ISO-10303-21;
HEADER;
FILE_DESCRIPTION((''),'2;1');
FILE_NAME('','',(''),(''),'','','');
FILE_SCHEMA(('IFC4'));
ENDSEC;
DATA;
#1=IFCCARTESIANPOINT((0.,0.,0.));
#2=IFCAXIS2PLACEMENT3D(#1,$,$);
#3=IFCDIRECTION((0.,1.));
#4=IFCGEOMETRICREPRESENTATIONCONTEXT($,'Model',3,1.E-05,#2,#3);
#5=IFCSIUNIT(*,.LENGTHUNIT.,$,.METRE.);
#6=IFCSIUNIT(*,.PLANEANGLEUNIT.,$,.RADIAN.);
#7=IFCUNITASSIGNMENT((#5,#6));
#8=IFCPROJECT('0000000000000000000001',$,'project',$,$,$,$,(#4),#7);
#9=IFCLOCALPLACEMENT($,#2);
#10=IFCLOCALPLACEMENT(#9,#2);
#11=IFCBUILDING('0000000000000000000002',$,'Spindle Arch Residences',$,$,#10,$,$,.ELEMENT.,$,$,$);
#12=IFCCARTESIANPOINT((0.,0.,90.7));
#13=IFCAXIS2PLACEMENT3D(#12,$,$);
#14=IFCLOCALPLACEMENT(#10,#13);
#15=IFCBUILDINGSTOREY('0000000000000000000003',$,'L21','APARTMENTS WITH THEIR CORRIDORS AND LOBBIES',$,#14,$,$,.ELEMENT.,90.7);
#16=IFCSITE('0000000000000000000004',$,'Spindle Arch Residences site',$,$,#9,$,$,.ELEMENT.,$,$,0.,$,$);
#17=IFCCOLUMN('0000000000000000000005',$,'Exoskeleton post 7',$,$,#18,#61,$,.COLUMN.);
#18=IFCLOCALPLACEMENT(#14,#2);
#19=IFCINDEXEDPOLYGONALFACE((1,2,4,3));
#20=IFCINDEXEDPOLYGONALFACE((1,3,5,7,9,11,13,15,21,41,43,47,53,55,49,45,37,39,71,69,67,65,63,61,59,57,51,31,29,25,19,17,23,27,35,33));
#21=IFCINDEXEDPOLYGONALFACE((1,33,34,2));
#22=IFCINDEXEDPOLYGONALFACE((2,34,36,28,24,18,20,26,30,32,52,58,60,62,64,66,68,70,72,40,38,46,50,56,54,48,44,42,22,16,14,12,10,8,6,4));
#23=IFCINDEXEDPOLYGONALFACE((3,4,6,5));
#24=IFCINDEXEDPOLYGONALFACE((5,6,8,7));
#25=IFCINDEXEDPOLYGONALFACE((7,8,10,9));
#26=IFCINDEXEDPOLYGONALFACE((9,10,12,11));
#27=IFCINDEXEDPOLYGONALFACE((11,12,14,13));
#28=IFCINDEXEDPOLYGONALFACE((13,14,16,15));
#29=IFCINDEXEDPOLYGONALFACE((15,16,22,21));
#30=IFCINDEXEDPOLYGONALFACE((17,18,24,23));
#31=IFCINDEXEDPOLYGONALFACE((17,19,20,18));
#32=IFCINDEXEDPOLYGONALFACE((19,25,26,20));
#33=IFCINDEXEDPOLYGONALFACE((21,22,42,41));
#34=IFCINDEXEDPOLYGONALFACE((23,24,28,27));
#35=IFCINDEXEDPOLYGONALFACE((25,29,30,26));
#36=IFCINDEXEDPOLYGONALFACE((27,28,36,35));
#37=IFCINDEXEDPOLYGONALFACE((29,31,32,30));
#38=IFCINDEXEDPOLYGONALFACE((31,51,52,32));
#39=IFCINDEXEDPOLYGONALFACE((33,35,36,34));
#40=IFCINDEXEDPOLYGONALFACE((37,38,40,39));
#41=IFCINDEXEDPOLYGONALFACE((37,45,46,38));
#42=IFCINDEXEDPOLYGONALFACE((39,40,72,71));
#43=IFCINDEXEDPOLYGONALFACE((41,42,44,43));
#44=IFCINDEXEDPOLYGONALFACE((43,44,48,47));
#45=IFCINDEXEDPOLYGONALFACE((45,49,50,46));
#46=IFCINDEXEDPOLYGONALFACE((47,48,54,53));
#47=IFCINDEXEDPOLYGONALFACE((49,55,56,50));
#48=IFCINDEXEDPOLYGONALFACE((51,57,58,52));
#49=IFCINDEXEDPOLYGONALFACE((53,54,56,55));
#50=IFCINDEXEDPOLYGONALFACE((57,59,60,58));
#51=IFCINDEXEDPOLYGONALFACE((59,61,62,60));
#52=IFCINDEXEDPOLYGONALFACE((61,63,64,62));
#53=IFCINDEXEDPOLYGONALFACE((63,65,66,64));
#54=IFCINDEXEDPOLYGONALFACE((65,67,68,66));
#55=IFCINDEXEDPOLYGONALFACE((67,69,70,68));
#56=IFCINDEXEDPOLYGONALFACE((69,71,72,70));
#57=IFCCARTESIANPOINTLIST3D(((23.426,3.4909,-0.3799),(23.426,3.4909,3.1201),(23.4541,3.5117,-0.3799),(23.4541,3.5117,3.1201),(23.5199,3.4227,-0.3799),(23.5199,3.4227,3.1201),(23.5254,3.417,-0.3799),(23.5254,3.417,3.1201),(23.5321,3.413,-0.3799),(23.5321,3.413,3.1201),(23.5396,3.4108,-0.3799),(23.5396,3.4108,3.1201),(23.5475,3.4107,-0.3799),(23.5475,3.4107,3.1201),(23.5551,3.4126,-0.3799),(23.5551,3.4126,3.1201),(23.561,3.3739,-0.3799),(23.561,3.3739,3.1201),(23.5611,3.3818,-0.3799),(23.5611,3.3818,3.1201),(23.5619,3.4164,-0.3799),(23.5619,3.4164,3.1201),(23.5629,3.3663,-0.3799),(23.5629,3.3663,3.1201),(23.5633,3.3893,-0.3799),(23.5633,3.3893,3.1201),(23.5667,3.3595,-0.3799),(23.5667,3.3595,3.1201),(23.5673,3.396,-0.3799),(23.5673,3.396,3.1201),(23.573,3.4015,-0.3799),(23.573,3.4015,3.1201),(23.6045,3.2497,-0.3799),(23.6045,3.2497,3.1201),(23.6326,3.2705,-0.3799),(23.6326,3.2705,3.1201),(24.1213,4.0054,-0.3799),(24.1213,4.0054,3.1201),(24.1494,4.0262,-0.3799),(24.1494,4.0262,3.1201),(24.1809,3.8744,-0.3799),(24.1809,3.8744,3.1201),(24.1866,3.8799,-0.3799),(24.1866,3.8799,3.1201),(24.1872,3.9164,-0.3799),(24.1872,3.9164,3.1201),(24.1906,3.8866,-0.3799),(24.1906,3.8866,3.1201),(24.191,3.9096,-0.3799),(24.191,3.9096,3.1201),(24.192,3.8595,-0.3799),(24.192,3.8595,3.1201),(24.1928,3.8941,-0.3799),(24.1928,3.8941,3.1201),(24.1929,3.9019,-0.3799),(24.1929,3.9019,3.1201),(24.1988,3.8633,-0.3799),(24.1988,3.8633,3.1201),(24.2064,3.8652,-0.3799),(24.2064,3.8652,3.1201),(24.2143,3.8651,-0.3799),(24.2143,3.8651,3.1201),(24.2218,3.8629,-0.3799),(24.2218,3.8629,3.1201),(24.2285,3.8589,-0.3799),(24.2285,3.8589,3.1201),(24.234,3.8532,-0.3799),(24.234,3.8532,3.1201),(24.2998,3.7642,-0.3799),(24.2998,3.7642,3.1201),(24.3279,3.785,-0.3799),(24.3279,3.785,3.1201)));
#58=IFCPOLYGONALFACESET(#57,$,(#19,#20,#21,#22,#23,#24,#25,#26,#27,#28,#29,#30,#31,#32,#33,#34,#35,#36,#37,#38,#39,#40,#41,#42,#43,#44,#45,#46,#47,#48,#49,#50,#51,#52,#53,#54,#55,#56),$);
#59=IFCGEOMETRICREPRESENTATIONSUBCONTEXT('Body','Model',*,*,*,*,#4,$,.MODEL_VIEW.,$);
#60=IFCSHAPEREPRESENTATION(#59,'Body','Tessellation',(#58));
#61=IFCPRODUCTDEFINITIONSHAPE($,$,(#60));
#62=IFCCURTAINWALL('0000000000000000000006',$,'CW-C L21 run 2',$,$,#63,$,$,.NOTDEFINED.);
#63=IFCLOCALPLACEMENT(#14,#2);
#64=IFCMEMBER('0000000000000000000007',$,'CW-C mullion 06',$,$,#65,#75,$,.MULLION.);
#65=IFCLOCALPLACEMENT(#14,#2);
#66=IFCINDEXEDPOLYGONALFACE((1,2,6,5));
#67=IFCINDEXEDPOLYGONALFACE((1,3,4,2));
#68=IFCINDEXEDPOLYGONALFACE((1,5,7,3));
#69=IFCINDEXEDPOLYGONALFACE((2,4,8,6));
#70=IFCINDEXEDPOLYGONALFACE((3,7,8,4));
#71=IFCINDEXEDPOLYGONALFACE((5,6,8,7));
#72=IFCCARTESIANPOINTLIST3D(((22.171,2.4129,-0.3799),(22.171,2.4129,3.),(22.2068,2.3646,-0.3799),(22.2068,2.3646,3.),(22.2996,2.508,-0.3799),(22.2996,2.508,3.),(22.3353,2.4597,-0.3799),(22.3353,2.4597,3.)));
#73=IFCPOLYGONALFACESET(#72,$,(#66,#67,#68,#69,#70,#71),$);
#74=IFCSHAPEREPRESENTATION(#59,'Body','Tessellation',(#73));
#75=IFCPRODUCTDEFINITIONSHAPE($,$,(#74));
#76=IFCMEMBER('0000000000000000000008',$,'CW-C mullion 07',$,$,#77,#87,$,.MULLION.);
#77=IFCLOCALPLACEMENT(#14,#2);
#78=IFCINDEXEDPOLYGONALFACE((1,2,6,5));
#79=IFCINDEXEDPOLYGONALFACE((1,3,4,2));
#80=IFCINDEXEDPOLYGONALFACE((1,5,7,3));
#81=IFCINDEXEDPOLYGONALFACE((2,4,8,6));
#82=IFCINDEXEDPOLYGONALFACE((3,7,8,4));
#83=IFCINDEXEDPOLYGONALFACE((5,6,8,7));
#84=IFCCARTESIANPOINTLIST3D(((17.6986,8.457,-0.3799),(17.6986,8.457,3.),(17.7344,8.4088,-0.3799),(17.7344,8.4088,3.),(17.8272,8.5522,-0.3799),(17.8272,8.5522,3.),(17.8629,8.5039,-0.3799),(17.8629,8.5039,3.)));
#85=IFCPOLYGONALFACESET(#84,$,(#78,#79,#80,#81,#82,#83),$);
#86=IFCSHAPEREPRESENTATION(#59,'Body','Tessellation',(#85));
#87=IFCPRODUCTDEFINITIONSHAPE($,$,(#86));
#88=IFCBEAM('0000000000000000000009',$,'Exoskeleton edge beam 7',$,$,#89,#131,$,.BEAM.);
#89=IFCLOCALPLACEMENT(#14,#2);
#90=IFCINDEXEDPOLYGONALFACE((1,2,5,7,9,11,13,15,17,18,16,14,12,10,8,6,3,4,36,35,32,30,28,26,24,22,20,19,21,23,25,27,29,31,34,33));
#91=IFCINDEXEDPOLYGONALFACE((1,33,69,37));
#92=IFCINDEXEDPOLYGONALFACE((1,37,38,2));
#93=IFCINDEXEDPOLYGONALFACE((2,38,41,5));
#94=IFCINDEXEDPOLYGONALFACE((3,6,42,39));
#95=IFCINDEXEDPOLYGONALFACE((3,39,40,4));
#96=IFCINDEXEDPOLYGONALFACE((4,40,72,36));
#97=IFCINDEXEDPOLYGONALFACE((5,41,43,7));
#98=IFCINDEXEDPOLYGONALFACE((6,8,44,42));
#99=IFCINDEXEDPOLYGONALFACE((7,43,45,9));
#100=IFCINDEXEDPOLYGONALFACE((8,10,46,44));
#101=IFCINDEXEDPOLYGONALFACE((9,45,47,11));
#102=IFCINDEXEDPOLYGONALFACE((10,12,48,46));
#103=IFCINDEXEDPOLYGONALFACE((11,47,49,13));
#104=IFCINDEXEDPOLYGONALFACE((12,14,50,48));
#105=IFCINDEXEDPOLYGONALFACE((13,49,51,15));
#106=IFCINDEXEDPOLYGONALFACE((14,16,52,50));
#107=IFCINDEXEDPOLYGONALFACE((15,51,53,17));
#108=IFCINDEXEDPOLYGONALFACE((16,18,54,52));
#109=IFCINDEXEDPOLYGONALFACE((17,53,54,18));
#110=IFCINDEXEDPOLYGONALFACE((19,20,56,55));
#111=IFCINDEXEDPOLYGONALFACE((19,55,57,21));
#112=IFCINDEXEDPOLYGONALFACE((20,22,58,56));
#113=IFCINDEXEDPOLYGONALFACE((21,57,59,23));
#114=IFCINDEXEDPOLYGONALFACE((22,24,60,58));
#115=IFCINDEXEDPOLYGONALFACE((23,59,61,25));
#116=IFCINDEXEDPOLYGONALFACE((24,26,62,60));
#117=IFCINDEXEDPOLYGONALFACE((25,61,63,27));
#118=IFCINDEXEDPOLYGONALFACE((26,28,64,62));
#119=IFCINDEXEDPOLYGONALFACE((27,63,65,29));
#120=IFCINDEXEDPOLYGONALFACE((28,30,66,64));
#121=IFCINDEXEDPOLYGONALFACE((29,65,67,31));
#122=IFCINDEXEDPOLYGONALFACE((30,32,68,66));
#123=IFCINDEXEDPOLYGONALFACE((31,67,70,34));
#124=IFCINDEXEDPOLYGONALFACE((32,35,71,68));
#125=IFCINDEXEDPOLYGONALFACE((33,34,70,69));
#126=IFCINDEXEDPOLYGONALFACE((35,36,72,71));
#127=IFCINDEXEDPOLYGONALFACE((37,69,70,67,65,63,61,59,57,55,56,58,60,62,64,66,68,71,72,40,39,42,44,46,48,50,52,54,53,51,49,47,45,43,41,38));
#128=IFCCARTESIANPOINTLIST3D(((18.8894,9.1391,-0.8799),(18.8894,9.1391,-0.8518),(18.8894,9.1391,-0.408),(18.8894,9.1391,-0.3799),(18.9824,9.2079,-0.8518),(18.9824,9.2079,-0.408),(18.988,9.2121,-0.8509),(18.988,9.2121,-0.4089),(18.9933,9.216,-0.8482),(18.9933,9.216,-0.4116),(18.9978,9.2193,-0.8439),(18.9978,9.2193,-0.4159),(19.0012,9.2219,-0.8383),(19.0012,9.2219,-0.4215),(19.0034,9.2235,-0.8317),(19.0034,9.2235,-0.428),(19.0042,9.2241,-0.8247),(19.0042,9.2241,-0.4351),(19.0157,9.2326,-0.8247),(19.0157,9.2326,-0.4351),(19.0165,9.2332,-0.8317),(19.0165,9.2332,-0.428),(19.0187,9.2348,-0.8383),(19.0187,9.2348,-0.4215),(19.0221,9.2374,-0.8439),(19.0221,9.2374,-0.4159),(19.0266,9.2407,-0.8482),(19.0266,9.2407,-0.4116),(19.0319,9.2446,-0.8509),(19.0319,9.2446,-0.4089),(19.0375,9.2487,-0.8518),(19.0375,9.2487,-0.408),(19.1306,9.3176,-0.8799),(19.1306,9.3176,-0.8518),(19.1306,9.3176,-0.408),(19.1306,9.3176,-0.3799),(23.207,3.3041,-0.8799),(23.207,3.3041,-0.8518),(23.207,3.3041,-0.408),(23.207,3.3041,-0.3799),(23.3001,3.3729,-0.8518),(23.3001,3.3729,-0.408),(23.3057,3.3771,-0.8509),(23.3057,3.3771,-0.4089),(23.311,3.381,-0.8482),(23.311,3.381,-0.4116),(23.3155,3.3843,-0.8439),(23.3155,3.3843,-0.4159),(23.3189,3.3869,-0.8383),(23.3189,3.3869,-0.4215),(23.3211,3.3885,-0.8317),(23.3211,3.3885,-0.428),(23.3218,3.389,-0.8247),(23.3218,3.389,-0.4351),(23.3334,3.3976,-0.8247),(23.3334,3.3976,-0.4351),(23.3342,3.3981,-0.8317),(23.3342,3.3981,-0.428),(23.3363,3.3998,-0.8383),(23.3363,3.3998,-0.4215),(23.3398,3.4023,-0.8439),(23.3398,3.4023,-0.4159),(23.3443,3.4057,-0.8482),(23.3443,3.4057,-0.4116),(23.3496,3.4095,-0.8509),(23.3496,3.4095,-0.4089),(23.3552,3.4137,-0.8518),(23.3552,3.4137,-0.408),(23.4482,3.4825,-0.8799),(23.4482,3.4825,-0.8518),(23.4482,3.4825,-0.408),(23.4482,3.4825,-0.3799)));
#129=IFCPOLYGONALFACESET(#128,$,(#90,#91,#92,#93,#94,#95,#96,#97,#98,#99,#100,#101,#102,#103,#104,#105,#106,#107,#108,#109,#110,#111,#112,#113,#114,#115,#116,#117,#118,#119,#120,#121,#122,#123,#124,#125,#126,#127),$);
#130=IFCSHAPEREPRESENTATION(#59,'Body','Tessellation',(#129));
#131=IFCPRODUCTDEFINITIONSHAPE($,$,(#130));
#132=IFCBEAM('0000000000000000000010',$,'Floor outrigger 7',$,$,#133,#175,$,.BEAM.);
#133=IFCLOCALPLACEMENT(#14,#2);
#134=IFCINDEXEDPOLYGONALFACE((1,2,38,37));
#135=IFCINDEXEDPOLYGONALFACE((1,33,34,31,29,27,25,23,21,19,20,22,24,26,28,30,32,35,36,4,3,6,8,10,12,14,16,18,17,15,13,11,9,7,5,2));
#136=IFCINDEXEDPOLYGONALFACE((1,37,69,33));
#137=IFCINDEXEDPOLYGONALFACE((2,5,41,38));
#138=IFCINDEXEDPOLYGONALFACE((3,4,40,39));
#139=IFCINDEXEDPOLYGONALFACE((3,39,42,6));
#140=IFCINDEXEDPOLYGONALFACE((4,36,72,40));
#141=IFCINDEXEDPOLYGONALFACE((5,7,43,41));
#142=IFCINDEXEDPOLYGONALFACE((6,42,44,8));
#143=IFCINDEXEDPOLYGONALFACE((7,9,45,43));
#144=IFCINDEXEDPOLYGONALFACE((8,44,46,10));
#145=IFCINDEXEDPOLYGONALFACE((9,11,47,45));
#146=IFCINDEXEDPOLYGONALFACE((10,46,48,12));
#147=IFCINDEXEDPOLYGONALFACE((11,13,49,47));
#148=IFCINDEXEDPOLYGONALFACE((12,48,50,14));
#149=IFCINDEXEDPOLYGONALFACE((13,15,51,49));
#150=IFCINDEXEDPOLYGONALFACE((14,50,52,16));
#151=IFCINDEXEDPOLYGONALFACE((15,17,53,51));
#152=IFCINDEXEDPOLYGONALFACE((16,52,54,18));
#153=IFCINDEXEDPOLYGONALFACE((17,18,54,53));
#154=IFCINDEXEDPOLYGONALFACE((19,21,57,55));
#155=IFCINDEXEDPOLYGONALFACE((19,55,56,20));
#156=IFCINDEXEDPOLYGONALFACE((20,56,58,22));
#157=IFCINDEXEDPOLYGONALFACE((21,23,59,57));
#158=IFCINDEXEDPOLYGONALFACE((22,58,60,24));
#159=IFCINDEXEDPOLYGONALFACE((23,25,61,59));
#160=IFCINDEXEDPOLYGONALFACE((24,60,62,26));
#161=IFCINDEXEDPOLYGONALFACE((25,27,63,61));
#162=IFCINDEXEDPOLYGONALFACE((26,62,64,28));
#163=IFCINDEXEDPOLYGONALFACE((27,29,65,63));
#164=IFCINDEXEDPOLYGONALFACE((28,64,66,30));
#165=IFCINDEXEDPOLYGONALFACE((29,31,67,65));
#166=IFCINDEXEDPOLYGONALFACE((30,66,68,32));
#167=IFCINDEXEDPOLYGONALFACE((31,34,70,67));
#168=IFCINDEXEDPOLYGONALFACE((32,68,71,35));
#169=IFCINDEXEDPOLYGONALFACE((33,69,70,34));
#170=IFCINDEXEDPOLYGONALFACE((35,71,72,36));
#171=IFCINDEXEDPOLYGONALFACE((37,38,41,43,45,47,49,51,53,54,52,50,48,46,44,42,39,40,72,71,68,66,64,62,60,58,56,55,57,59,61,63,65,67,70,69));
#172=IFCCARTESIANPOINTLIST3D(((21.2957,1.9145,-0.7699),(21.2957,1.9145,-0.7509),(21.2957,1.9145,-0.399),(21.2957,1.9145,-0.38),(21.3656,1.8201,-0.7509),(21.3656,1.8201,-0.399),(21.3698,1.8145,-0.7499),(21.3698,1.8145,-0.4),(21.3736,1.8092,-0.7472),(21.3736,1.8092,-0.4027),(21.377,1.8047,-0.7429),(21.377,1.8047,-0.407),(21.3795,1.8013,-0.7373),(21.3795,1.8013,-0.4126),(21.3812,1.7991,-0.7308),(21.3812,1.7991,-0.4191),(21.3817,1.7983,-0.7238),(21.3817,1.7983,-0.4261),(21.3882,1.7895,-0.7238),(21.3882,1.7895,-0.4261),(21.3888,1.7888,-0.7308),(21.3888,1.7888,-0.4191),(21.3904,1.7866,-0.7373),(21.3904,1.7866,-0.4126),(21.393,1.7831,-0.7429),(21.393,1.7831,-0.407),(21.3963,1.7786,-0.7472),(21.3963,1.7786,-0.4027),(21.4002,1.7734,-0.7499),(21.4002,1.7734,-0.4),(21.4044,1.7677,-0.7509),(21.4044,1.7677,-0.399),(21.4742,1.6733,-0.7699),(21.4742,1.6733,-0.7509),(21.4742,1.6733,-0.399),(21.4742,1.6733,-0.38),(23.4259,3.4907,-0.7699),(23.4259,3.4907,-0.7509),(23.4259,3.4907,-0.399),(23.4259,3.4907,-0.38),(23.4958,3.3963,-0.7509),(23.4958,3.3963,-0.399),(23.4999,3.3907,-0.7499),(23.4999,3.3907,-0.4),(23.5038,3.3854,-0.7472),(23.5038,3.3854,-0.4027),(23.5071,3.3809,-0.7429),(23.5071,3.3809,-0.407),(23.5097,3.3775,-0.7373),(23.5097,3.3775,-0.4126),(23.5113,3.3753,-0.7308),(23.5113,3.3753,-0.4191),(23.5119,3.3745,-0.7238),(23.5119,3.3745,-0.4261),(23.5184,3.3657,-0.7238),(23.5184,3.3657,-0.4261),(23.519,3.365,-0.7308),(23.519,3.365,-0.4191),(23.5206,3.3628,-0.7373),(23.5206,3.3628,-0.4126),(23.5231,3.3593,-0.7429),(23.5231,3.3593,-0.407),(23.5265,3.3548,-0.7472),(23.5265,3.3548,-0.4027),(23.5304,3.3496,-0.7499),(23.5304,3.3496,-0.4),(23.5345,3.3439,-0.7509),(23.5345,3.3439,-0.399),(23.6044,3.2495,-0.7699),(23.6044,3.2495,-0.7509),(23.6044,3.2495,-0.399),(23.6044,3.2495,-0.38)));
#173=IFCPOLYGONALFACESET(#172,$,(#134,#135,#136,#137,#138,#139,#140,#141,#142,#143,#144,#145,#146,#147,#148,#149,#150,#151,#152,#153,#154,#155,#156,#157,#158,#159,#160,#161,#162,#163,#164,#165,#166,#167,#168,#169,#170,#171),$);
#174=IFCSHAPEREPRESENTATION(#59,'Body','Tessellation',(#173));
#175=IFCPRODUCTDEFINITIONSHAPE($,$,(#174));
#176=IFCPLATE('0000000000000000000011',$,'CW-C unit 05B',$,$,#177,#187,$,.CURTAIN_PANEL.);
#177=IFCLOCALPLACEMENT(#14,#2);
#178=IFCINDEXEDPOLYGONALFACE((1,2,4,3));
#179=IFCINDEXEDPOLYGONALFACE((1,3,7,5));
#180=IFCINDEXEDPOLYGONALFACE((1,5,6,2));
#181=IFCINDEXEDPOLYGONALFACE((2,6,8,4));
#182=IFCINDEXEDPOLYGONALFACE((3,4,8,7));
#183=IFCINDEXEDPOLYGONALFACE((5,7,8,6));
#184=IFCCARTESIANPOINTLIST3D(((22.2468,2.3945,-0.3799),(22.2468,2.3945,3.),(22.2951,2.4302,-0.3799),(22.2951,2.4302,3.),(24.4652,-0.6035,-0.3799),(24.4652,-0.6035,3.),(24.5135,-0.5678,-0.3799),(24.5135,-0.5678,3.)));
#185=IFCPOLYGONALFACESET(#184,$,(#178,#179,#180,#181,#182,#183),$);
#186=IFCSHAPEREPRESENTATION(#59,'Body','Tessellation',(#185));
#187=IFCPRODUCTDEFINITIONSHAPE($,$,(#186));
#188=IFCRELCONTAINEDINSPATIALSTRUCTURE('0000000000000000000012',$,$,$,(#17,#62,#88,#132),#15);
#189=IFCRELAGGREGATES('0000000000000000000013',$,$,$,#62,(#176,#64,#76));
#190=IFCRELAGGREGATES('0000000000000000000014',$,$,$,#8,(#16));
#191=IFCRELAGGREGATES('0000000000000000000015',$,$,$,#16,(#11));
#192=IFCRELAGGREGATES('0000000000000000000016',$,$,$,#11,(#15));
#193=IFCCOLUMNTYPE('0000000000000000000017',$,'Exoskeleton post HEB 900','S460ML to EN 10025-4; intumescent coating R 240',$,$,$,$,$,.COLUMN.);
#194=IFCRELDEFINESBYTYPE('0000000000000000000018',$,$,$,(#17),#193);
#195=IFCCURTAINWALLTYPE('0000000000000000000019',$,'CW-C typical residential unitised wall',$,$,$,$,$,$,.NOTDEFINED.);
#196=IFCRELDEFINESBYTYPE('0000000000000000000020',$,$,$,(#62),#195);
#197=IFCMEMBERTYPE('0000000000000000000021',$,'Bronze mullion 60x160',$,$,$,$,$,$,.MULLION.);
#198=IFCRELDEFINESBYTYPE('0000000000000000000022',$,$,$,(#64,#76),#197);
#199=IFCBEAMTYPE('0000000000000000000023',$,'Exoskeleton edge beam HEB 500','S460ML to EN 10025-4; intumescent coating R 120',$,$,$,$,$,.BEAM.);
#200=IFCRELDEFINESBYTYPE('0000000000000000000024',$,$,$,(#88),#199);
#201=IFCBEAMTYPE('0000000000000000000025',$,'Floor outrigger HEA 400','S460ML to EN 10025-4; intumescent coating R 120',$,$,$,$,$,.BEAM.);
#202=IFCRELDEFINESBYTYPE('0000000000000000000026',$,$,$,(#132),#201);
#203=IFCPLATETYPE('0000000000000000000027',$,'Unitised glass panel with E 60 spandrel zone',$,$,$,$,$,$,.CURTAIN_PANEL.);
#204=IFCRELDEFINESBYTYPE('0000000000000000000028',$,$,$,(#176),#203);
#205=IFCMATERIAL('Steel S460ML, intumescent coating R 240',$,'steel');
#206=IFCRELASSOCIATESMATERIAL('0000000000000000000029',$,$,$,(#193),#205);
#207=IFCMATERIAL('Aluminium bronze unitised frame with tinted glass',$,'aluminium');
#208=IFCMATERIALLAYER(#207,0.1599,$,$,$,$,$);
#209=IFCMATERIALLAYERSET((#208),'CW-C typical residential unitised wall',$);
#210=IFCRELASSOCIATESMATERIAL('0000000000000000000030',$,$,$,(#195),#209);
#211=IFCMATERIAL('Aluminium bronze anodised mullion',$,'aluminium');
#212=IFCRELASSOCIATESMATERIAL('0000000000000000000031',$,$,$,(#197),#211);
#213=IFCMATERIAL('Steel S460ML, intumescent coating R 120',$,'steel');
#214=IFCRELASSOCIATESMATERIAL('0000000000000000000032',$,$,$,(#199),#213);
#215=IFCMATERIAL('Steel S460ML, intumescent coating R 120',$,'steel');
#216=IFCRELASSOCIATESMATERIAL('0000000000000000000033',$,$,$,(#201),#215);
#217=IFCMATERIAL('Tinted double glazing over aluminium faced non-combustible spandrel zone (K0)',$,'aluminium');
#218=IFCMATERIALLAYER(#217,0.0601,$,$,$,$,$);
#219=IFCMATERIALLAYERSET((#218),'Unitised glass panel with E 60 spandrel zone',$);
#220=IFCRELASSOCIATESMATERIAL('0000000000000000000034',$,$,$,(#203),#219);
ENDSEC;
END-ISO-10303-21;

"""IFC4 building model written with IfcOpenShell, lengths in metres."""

from ifc_helpers import new_model, si_unit, direction, frame, origin, origin_2d, place, context, subcontext, project, spatial, rectangle, i_section, extrude, material, layer, layer_set, material_profile, profile_set, type_object, element, aggregate, save


model = new_model("IFC4")

# Units and contexts
model_context = context("Model", 3, precision=1e-05, world=origin(), true_north=direction((0.0, 1.0)))
body_context = subcontext(model_context, "Body", "Model", "MODEL_VIEW")
ifc_project = project(units=[si_unit("LENGTHUNIT", "METRE"), si_unit("PLANEANGLEUNIT", "RADIAN")], contexts=[model_context])

# Site, building, storey
site_placement = place(None, origin())
site = spatial("IfcSite", under=ifc_project, at=site_placement, Name="Spindle Arch Residences site", CompositionType="ELEMENT", RefElevation=0.0)
building_placement = place(site_placement, origin())
building = spatial("IfcBuilding", under=site, at=building_placement, Name="Spindle Arch Residences", CompositionType="ELEMENT")
storey_placement = place(building_placement, frame((0.0, 0.0, 90.7)))
storey = spatial("IfcBuildingStorey", under=building, at=storey_placement, Name="L21", Description="APARTMENTS WITH THEIR CORRIDORS AND LOBBIES", CompositionType="ELEMENT", Elevation=90.7)

# Column
ifc_material_1 = material(Name="Steel S460ML, intumescent coating R 240", Category="steel")
ifc_material_profile_1 = material_profile(ifc_material_1, i_section(OverallWidth=0.3, OverallDepth=0.8999, WebThickness=0.0186, FlangeThickness=0.0349, FilletRadius=0.03, at=origin_2d()), Name="HEB 900")
ifc_profile_set_1 = profile_set([ifc_material_profile_1], Name="Steel S460ML, intumescent coating R 240")
column_type = type_object("IfcColumnType", Name="Exoskeleton post HEB 900", Description="S460ML to EN 10025-4; intumescent coating R 240", PredefinedType="COLUMN", material=ifc_profile_set_1)
column_placement = place(storey_placement, frame((23.877, 3.6379, -0.3799), z_axis=(0.0, 0.0, 1.0), x_axis=(0.594823, -0.803857, 0.0)))
element("IfcColumn", 1, at=column_placement, inside=storey, type_object=column_type, Name="Exoskeleton post 7", PredefinedType="COLUMN", context=body_context, shape_type="SweptSolid", body=[
    extrude(i_section(OverallWidth=0.3, OverallDepth=0.8999, WebThickness=0.0186, FlangeThickness=0.0349, FilletRadius=0.03, at=origin_2d()), origin(), (0.0, 0.0, 1.0), 3.5),
])

# Curtain wall, members
ifc_material_2 = material(Name="Aluminium bronze unitised frame with tinted glass", Category="aluminium")
ifc_layer_1 = layer(ifc_material_2, 0.1599)
ifc_layer_set_1 = layer_set([ifc_layer_1], Name="CW-C typical residential unitised wall")
curtain_wall_type = type_object("IfcCurtainWallType", Name="CW-C typical residential unitised wall", PredefinedType="NOTDEFINED", material=ifc_layer_set_1)
curtain_wall_placement = place(storey_placement, origin())
curtain_wall = element("IfcCurtainWall", 2, at=curtain_wall_placement, inside=storey, type_object=curtain_wall_type, Name="CW-C L21 run 2", PredefinedType="NOTDEFINED")
ifc_material_3 = material(Name="Aluminium bronze anodised mullion", Category="aluminium")
ifc_material_profile_2 = material_profile(ifc_material_3, rectangle(XDim=0.1599, YDim=0.0601, at=origin_2d()), Name="MU 60x160")
ifc_profile_set_2 = profile_set([ifc_material_profile_2], Name="Aluminium bronze anodised mullion")
member_type = type_object("IfcMemberType", Name="Bronze mullion 60x160", PredefinedType="MULLION", material=ifc_profile_set_2)
member_1_placement = place(storey_placement, frame((22.2532, 2.4363, -0.3799), z_axis=(0.0, 0.0, 1.0), x_axis=(-0.803857, -0.594823, 0.0)))
member_1 = element("IfcMember", 3, at=member_1_placement, type_object=member_type, Name="CW-C mullion 06", PredefinedType="MULLION", context=body_context, shape_type="SweptSolid", body=[
    extrude(rectangle(XDim=0.1599, YDim=0.0601, at=origin_2d()), origin(), (0.0, 0.0, 1.0), 3.3799),
])
member_2_placement = place(storey_placement, frame((17.7808, 8.4805, -0.3799), z_axis=(0.0, 0.0, 1.0), x_axis=(-0.803857, -0.594823, 0.0)))
member_2 = element("IfcMember", 4, at=member_2_placement, type_object=member_type, Name="CW-C mullion 07", PredefinedType="MULLION", context=body_context, shape_type="SweptSolid", body=[
    extrude(rectangle(XDim=0.1599, YDim=0.0601, at=origin_2d()), origin(), (0.0, 0.0, 1.0), 3.3799),
])

# Beams
ifc_material_4 = material(Name="Steel S460ML, intumescent coating R 120", Category="steel")
ifc_material_profile_3 = material_profile(ifc_material_4, i_section(OverallWidth=0.3, OverallDepth=0.5, WebThickness=0.0144, FlangeThickness=0.0281, FilletRadius=0.0271, at=origin_2d()), Name="HEB 500")
ifc_profile_set_3 = profile_set([ifc_material_profile_3], Name="Steel S460ML, intumescent coating R 120")
beam_type_1 = type_object("IfcBeamType", Name="Exoskeleton edge beam HEB 500", Description="S460ML to EN 10025-4; intumescent coating R 120", PredefinedType="BEAM", material=ifc_profile_set_3)
beam_1_placement = place(storey_placement, frame((23.3276, 3.3933, -0.6299), z_axis=(-0.594821, 0.803858, 0.0), x_axis=(-0.803858, -0.594821, 0.0)))
element("IfcBeam", 5, at=beam_1_placement, inside=storey, type_object=beam_type_1, Name="Exoskeleton edge beam 7", PredefinedType="BEAM", context=body_context, shape_type="SweptSolid", body=[
    extrude(i_section(OverallWidth=0.3, OverallDepth=0.5, WebThickness=0.0144, FlangeThickness=0.0281, FilletRadius=0.0271, at=origin_2d()), origin(), (0.0, 0.0, 1.0), 7.2588),
])
ifc_material_5 = material(Name="Steel S460ML, intumescent coating R 120", Category="steel")
ifc_material_profile_4 = material_profile(ifc_material_5, i_section(OverallWidth=0.3, OverallDepth=0.3899, WebThickness=0.011, FlangeThickness=0.019, FilletRadius=0.0271, at=origin_2d()), Name="HEA 400")
ifc_profile_set_4 = profile_set([ifc_material_profile_4], Name="Steel S460ML, intumescent coating R 120")
beam_type_2 = type_object("IfcBeamType", Name="Floor outrigger HEA 400", Description="S460ML to EN 10025-4; intumescent coating R 120", PredefinedType="BEAM", material=ifc_profile_set_4)
beam_2_placement = place(storey_placement, frame((23.5151, 3.3701, -0.575), z_axis=(-0.803864, -0.594813, 0.0), x_axis=(0.594813, -0.803864, 0.0)))
element("IfcBeam", 6, at=beam_2_placement, inside=storey, type_object=beam_type_2, Name="Floor outrigger 7", PredefinedType="BEAM", context=body_context, shape_type="SweptSolid", body=[
    extrude(i_section(OverallWidth=0.3, OverallDepth=0.3899, WebThickness=0.011, FlangeThickness=0.019, FilletRadius=0.0271, at=origin_2d()), origin(), (0.0, 0.0, 1.0), 2.6499),
])

# Plate
ifc_material_6 = material(Name="Tinted double glazing over aluminium faced non-combustible spandrel zone (K0)", Category="aluminium")
ifc_layer_2 = layer(ifc_material_6, 0.0601)
ifc_layer_set_2 = layer_set([ifc_layer_2], Name="Unitised glass panel with E 60 spandrel zone")
plate_type = type_object("IfcPlateType", Name="Unitised glass panel with E 60 spandrel zone", PredefinedType="CURTAIN_PANEL", material=ifc_layer_set_2)
plate_1_placement = place(storey_placement, frame((23.3801, 0.9133, -0.3799), z_axis=(0.0, 0.0, 1.0), x_axis=(-0.594823, 0.803857, 0.0)))
plate_1 = element("IfcPlate", 7, at=plate_1_placement, type_object=plate_type, Name="CW-C unit 05B", PredefinedType="CURTAIN_PANEL", context=body_context, shape_type="SweptSolid", body=[
    extrude(rectangle(XDim=3.7295, YDim=0.0601, at=origin_2d()), origin(), (0.0, 0.0, 1.0), 3.3799),
])
aggregate(curtain_wall, [plate_1, member_1, member_2])

save(model, "model.ifc")
